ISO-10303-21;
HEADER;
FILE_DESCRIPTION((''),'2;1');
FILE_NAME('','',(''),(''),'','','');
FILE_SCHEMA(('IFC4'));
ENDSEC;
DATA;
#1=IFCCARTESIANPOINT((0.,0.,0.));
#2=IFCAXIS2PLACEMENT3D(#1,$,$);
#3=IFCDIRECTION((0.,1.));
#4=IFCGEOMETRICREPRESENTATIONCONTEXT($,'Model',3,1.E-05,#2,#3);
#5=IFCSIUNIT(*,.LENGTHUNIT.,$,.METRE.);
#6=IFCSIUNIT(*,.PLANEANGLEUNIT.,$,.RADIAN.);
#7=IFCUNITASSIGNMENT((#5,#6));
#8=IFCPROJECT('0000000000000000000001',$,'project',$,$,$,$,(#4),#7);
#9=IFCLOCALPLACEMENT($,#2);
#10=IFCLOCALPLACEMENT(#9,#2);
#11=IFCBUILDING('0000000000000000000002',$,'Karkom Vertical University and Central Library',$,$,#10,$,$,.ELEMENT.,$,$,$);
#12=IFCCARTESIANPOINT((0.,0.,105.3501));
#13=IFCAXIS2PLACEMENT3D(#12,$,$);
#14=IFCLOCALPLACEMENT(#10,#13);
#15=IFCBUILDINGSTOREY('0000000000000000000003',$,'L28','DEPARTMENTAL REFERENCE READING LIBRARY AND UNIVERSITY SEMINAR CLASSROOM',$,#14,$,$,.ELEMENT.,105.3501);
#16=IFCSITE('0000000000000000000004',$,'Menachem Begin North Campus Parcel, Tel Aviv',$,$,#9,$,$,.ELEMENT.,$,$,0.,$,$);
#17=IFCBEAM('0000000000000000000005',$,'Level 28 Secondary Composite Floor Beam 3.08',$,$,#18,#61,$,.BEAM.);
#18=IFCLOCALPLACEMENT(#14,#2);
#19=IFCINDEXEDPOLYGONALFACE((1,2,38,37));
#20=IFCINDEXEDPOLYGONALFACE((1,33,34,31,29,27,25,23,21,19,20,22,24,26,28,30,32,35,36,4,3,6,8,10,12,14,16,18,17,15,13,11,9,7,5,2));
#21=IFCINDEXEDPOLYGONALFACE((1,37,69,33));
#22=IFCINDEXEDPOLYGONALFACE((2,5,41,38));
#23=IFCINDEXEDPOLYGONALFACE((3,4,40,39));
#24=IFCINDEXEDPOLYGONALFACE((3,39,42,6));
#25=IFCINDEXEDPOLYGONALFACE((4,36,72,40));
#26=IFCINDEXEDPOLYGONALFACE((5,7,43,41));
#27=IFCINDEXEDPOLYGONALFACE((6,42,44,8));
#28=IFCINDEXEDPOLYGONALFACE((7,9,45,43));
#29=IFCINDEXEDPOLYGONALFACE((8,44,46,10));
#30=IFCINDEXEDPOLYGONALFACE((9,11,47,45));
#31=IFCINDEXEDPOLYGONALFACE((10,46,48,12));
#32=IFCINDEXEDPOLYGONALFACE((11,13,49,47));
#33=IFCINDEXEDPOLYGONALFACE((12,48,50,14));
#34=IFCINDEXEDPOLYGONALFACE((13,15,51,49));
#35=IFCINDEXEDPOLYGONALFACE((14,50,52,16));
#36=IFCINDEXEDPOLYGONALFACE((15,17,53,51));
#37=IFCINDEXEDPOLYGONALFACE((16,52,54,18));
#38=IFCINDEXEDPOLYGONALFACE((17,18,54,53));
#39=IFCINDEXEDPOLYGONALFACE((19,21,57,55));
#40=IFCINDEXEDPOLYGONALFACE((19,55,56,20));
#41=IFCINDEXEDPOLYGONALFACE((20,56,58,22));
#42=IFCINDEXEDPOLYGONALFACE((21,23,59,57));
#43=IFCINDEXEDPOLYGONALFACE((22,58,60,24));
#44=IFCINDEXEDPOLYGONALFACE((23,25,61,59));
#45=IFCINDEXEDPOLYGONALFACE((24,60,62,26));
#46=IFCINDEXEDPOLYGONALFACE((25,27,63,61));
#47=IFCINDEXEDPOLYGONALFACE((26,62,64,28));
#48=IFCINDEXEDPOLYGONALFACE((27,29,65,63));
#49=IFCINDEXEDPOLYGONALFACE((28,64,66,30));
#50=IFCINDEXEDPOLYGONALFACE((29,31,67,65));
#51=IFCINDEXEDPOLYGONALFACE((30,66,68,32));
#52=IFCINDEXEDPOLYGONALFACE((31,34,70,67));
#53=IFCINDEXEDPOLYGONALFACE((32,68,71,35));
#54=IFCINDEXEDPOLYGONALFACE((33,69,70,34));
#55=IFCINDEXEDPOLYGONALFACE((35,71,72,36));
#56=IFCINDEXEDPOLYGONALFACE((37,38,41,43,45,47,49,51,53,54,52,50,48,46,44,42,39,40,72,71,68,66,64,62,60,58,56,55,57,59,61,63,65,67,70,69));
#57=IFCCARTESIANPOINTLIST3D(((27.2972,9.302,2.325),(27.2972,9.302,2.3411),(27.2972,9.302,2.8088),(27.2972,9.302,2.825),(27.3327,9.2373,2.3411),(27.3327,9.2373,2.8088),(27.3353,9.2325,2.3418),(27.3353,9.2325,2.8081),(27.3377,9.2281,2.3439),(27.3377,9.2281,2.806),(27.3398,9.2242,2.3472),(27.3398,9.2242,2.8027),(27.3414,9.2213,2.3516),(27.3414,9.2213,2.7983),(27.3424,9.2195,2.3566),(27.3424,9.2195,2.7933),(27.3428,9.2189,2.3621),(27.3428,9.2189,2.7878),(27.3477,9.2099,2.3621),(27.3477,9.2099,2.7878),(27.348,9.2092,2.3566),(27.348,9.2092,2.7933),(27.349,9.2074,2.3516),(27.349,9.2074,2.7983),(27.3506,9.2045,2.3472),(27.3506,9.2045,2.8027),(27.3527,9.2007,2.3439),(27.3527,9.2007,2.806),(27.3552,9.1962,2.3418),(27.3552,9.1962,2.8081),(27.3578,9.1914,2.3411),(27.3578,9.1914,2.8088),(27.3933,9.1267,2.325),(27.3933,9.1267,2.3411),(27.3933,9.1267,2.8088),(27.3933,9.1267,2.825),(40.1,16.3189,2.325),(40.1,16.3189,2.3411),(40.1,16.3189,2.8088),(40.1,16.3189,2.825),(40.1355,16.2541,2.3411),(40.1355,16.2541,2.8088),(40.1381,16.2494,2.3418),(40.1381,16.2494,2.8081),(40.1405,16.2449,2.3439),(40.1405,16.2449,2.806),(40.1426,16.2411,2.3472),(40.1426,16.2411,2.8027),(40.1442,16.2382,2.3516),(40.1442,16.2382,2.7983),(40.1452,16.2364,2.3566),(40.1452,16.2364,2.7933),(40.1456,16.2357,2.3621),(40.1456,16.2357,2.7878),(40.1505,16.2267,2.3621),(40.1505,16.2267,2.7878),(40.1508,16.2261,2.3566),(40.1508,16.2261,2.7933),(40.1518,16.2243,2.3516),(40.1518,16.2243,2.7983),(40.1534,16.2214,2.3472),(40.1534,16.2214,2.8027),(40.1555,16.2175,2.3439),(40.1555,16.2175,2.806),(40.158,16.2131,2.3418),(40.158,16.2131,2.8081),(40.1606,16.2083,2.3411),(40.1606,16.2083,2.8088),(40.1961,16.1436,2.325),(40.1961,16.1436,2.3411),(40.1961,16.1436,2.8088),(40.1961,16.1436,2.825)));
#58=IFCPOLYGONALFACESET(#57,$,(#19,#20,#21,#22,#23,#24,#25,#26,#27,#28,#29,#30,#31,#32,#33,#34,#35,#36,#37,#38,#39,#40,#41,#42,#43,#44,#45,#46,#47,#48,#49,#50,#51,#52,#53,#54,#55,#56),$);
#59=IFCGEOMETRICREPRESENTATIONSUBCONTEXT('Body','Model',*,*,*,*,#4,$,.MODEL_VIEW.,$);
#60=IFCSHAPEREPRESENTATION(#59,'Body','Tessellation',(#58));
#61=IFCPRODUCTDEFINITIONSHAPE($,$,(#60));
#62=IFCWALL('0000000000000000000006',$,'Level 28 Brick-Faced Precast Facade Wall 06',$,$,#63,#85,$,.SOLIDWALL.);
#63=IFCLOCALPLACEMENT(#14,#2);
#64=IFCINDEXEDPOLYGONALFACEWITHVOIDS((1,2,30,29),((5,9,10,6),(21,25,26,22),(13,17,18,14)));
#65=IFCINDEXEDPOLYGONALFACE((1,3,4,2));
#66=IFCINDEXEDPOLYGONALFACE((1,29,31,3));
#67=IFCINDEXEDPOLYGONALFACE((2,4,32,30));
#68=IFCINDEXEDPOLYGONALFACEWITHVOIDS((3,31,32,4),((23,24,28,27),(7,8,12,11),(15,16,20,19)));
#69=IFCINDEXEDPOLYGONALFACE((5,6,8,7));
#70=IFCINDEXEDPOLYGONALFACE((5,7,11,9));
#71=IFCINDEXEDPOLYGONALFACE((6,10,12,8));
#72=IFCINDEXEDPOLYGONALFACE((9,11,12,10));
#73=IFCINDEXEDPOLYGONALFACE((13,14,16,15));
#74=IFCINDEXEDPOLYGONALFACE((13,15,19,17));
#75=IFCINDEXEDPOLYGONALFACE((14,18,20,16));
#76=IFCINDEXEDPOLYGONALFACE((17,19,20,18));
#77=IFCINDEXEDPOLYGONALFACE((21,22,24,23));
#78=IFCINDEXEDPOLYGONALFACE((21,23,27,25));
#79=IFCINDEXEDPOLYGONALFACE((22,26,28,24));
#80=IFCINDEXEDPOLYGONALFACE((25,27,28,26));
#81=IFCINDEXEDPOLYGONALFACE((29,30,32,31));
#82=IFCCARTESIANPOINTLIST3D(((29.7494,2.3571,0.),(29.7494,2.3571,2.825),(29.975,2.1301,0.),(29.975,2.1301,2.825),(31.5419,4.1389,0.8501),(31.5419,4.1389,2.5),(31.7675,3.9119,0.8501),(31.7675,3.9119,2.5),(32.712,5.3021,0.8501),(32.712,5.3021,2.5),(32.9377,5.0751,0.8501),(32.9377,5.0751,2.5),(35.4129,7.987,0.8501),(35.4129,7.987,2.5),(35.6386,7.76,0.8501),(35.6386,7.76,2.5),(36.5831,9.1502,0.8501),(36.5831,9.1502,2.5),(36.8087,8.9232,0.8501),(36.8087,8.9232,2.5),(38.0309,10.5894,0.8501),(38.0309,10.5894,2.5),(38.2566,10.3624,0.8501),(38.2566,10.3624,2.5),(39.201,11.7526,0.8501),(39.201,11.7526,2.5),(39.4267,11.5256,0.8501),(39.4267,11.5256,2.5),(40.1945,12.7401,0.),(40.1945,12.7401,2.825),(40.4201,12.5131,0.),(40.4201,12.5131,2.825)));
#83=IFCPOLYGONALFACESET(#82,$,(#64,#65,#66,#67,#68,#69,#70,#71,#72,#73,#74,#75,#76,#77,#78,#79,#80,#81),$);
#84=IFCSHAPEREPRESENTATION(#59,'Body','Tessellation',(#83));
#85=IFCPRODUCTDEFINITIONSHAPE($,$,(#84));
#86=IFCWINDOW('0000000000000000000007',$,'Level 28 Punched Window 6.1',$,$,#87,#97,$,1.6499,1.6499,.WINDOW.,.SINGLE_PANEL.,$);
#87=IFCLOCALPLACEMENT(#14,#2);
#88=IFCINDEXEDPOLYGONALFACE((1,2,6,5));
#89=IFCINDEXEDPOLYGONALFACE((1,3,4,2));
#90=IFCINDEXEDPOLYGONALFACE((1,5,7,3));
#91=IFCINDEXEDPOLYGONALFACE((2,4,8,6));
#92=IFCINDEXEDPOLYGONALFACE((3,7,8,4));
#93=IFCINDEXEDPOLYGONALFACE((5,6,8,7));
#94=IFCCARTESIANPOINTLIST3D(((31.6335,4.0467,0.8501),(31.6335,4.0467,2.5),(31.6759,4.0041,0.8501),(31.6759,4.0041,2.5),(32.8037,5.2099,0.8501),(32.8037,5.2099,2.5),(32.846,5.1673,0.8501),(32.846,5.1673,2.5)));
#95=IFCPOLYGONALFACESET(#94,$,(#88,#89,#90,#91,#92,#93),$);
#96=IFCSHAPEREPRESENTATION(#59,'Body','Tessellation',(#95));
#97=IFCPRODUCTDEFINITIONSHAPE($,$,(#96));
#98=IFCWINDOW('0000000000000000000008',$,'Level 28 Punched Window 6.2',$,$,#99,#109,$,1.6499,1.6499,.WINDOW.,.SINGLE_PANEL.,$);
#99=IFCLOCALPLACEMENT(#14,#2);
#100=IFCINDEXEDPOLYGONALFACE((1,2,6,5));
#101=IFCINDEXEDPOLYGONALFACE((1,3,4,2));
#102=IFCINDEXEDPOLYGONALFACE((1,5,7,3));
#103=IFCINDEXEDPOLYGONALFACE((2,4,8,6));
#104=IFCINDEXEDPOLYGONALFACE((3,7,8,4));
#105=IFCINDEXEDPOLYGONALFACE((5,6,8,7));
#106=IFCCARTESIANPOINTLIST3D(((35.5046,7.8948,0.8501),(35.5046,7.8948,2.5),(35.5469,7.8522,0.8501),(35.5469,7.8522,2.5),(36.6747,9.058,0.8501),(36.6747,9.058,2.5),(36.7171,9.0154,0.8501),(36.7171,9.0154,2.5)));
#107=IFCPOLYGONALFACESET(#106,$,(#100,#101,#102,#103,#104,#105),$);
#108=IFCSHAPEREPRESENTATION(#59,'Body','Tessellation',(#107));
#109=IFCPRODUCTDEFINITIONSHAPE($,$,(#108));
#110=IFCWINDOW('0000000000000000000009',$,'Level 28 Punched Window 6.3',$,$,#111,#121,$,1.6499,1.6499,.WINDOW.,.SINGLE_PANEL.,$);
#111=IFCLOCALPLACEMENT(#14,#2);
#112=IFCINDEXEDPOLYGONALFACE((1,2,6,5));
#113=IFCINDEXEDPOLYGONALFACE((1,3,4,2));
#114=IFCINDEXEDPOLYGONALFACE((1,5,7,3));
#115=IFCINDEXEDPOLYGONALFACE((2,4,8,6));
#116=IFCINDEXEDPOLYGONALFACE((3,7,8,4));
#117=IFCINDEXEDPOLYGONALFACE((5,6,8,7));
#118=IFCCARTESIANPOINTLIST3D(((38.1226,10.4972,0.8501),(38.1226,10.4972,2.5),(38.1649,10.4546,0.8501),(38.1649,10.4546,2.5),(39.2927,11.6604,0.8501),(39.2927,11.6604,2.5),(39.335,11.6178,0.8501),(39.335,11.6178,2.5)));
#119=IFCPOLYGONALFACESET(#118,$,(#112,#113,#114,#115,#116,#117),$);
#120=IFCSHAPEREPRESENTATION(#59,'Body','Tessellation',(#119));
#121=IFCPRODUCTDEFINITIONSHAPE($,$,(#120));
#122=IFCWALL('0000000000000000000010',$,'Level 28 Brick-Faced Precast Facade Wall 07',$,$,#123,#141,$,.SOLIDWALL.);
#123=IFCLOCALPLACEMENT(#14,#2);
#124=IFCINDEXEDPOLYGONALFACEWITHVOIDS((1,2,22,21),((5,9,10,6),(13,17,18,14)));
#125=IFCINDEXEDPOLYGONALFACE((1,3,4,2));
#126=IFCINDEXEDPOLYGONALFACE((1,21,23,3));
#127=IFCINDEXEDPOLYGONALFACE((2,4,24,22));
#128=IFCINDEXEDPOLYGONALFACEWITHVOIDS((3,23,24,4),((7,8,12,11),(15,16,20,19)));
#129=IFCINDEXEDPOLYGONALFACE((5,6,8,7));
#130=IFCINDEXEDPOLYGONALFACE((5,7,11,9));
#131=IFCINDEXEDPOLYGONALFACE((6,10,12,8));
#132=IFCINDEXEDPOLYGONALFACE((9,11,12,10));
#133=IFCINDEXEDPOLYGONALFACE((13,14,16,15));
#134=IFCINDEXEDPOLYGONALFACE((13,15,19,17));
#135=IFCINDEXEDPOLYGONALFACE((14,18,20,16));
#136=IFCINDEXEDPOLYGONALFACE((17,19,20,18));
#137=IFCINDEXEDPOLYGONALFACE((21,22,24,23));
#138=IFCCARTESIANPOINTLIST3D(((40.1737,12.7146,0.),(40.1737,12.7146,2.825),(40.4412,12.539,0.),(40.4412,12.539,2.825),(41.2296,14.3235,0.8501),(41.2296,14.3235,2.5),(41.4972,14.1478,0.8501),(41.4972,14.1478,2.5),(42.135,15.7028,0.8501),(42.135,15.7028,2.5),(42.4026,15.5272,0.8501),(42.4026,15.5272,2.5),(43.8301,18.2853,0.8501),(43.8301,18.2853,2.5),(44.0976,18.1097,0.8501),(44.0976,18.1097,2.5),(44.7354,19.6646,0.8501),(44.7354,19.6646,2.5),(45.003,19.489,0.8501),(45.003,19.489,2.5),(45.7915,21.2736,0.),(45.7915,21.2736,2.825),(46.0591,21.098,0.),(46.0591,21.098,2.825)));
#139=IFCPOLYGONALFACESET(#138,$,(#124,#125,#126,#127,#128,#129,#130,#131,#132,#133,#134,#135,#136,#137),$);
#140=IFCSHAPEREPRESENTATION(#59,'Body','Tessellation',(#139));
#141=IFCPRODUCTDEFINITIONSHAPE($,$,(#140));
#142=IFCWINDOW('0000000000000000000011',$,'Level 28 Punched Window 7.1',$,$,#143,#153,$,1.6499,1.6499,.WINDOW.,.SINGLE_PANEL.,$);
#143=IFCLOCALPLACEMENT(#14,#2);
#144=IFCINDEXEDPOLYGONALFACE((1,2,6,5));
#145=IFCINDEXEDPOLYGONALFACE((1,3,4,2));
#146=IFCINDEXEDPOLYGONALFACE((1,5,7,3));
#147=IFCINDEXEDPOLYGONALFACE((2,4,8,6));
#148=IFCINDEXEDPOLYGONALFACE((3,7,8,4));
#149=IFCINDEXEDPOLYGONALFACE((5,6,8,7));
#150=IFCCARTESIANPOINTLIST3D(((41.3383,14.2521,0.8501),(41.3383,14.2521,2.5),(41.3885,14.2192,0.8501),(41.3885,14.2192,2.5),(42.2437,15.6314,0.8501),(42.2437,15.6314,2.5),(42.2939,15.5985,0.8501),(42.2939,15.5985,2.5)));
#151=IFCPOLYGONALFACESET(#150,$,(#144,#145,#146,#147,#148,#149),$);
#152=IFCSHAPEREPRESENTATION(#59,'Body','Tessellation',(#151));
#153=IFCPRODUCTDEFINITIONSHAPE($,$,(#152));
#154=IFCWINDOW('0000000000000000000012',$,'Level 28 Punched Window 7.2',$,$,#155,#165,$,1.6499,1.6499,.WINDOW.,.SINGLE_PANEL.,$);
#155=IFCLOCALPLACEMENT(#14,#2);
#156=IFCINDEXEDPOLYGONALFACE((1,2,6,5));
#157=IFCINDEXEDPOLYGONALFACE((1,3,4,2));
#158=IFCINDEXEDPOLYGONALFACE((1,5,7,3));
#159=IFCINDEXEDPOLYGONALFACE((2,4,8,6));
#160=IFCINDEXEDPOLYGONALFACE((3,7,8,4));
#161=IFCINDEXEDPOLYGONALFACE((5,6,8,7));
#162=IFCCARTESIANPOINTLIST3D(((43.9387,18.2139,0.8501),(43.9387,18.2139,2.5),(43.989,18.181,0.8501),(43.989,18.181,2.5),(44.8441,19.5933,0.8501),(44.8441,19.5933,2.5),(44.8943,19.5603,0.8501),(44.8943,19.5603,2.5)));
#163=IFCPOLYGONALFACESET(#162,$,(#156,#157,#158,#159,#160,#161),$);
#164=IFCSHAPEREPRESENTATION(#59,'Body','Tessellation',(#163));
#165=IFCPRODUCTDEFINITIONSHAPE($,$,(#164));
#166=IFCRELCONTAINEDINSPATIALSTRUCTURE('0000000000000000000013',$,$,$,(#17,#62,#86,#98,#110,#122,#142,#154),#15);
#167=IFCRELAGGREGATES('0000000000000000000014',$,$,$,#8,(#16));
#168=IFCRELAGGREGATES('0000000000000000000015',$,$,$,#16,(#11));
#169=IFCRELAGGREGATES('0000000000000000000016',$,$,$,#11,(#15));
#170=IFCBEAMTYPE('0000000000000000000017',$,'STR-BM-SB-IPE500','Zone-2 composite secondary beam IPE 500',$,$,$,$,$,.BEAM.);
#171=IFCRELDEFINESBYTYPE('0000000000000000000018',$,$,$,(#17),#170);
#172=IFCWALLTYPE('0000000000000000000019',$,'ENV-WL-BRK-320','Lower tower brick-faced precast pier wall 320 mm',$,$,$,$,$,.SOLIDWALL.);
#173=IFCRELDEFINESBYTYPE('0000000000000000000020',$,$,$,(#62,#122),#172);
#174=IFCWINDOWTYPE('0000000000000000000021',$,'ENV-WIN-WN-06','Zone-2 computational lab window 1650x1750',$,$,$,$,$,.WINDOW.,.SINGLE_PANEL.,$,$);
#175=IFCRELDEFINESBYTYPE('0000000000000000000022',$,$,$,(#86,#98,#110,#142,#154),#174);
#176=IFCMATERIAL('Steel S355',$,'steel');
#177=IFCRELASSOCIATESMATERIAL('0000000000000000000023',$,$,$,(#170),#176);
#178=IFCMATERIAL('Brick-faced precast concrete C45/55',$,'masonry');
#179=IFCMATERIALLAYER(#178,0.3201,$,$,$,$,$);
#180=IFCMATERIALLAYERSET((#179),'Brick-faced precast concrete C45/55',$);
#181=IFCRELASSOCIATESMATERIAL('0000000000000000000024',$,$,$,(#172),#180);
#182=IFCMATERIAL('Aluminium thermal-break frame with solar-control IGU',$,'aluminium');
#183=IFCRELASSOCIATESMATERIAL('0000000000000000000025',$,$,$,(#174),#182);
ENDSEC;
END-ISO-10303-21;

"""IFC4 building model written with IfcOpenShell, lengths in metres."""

from ifc_helpers import new_model, si_unit, direction, frame, frame_2d, origin, origin_with_axes, origin_2d, place, context, subcontext, project, spatial, rectangle, i_section, extrude, source, transform, mapped, material, layer, layer_set, material_profile, profile_set, type_object, element, fill, save


model = new_model("IFC4")

# Units and contexts
model_context = context("Model", 3, precision=1e-05, world=origin(), true_north=direction((0.0, 1.0)))
body_context = subcontext(model_context, "Body", "Model", "MODEL_VIEW")
ifc_project = project(units=[si_unit("LENGTHUNIT", "METRE"), si_unit("PLANEANGLEUNIT", "RADIAN")], contexts=[model_context])

# Site, building, storey
site_placement = place(None, origin())
site = spatial("IfcSite", under=ifc_project, at=site_placement, Name="Menachem Begin North Campus Parcel, Tel Aviv", CompositionType="ELEMENT", RefElevation=0.0)
building_placement = place(site_placement, origin())
building = spatial("IfcBuilding", under=site, at=building_placement, Name="Karkom Vertical University and Central Library", CompositionType="ELEMENT")
storey_placement = place(building_placement, frame((0.0, 0.0, 105.3501)))
storey = spatial("IfcBuildingStorey", under=building, at=storey_placement, Name="L28", Description="DEPARTMENTAL REFERENCE READING LIBRARY AND UNIVERSITY SEMINAR CLASSROOM", CompositionType="ELEMENT", Elevation=105.3501)

# Beam
ifc_material_1 = material(Name="Steel S355", Category="steel")
ifc_material_profile_1 = material_profile(ifc_material_1, i_section(OverallWidth=0.2, OverallDepth=0.5, WebThickness=0.0103, FlangeThickness=0.0161, FilletRadius=0.021, at=origin_2d()), Name="IPE 500")
ifc_profile_set_1 = profile_set([ifc_material_profile_1], Name="Steel S355")
beam_type_1 = type_object("IfcBeamType", Name="STR-BM-SB-IPE500", Description="Zone-2 composite secondary beam IPE 500", PredefinedType="BEAM", material=ifc_profile_set_1)
shared_shape_1 = source(origin_with_axes(), body_context, "Body", "SweptSolid", [
    extrude(i_section(OverallWidth=0.2, OverallDepth=0.5, WebThickness=0.0103, FlangeThickness=0.0161, FilletRadius=0.021, at=origin_2d()), origin(), (0.0, 0.0, 1.0), 14.5996),
])
beam_1_placement = place(storey_placement, frame((27.3452, 9.2144, 2.575), z_axis=(0.876928, 0.480622, 0.0), x_axis=(-0.480622, 0.876928, 0.0)))
element("IfcBeam", 1, at=beam_1_placement, inside=storey, type_object=beam_type_1, Name="Level 28 Secondary Composite Floor Beam 3.08", PredefinedType="BEAM", context=body_context, shape_type="MappedRepresentation", body=[
    mapped(shared_shape_1, transform((0.0, 0.0, 0.0), scale=1.0)),
])

# Walls, openings, windows
ifc_material_2 = material(Name="Brick-faced precast concrete C45/55", Category="masonry")
ifc_layer_1 = layer(ifc_material_2, 0.3201)
ifc_layer_set_1 = layer_set([ifc_layer_1], Name="Brick-faced precast concrete C45/55")
wall_type_1 = type_object("IfcWallType", Name="ENV-WL-BRK-320", Description="Lower tower brick-faced precast pier wall 320 mm", PredefinedType="SOLIDWALL", material=ifc_layer_set_1)
wall_1_placement = place(storey_placement, frame((29.8623, 2.2437, 0.0), z_axis=(0.0, 0.0, 1.0), x_axis=(0.709209, 0.704998, 0.0)))
wall_1 = element("IfcWall", 2, at=wall_1_placement, inside=storey, type_object=wall_type_1, Name="Level 28 Brick-Faced Precast Facade Wall 06", PredefinedType="SOLIDWALL", context=body_context, shape_type="SweptSolid", body=[
    extrude(rectangle(XDim=14.7278, YDim=0.3201, at=frame_2d((7.3638, 0.0))), origin(), (0.0, 0.0, 1.0), 2.825),
])
opening_1_placement = place(wall_1_placement, frame((2.5273, 0.0, 0.8501)))
opening_1 = element("IfcOpeningElement", 3, at=opening_1_placement, cuts=wall_1, PredefinedType="OPENING", context=body_context, shape_type="SweptSolid", body=[
    extrude(rectangle(XDim=1.6499, YDim=1.6499, at=frame_2d((0.825, 0.825))), frame((0.0, 0.1699, 0.0), z_axis=(0.0, -1.0, 0.0), x_axis=(1.0, 0.0, 0.0)), (0.0, 0.0, 1.0), 0.3401),
])
opening_2_placement = place(wall_1_placement, frame((7.9856, 0.0, 0.8501)))
opening_2 = element("IfcOpeningElement", 4, at=opening_2_placement, cuts=wall_1, PredefinedType="OPENING", context=body_context, shape_type="SweptSolid", body=[
    extrude(rectangle(XDim=1.6499, YDim=1.6499, at=frame_2d((0.825, 0.825))), frame((0.0, 0.1699, 0.0), z_axis=(0.0, -1.0, 0.0), x_axis=(1.0, 0.0, 0.0)), (0.0, 0.0, 1.0), 0.3401),
])
opening_3_placement = place(wall_1_placement, frame((11.677, 0.0, 0.8501)))
opening_3 = element("IfcOpeningElement", 5, at=opening_3_placement, cuts=wall_1, PredefinedType="OPENING", context=body_context, shape_type="SweptSolid", body=[
    extrude(rectangle(XDim=1.6499, YDim=1.6499, at=frame_2d((0.825, 0.825))), frame((0.0, 0.1699, 0.0), z_axis=(0.0, -1.0, 0.0), x_axis=(1.0, 0.0, 0.0)), (0.0, 0.0, 1.0), 0.3401),
])
ifc_material_3 = material(Name="Aluminium thermal-break frame with solar-control IGU", Category="aluminium")
window_type = type_object("IfcWindowType", Name="ENV-WIN-WN-06", Description="Zone-2 computational lab window 1650x1750", PartitioningType="SINGLE_PANEL", PredefinedType="WINDOW", material=ifc_material_3)
shared_shape_2 = source(origin_with_axes(), body_context, "Body", "SweptSolid", [
    extrude(rectangle(XDim=1.6499, YDim=1.6499, at=frame_2d((0.825, 0.825))), frame((0.0, 0.03, 0.0), z_axis=(0.0, -1.0, 0.0), x_axis=(1.0, 0.0, 0.0)), (0.0, 0.0, 1.0), 0.0601),
])
window_1_placement = place(opening_1_placement, origin())
window_1 = element("IfcWindow", 6, at=window_1_placement, inside=storey, type_object=window_type, Name="Level 28 Punched Window 6.1", OverallHeight=1.6499, OverallWidth=1.6499, PartitioningType="SINGLE_PANEL", PredefinedType="WINDOW", context=body_context, shape_type="MappedRepresentation", body=[
    mapped(shared_shape_2, transform((0.0, 0.0, 0.0), scale=1.0)),
])
fill(opening_1, window_1)
window_2_placement = place(opening_2_placement, origin())
window_2 = element("IfcWindow", 7, at=window_2_placement, inside=storey, type_object=window_type, Name="Level 28 Punched Window 6.2", OverallHeight=1.6499, OverallWidth=1.6499, PartitioningType="SINGLE_PANEL", PredefinedType="WINDOW", context=body_context, shape_type="MappedRepresentation", body=[
    mapped(shared_shape_2, transform((0.0, 0.0, 0.0), scale=1.0)),
])
fill(opening_2, window_2)
window_3_placement = place(opening_3_placement, origin())
window_3 = element("IfcWindow", 8, at=window_3_placement, inside=storey, type_object=window_type, Name="Level 28 Punched Window 6.3", OverallHeight=1.6499, OverallWidth=1.6499, PartitioningType="SINGLE_PANEL", PredefinedType="WINDOW", context=body_context, shape_type="MappedRepresentation", body=[
    mapped(shared_shape_2, transform((0.0, 0.0, 0.0), scale=1.0)),
])
fill(opening_3, window_3)
wall_2_placement = place(storey_placement, frame((40.3074, 12.6267, 0.0), z_axis=(0.0, 0.0, 1.0), x_axis=(0.548726, 0.836002, 0.0)))
wall_2 = element("IfcWall", 9, at=wall_2_placement, inside=storey, type_object=wall_type_1, Name="Level 28 Brick-Faced Precast Facade Wall 07", PredefinedType="SOLIDWALL", context=body_context, shape_type="SweptSolid", body=[
    extrude(rectangle(XDim=10.238, YDim=0.3201, at=frame_2d((5.1191, 0.0))), origin(), (0.0, 0.0, 1.0), 2.825),
])
opening_4_placement = place(wall_2_placement, frame((1.9246, 0.0, 0.8501)))
opening_4 = element("IfcOpeningElement", 10, at=opening_4_placement, cuts=wall_2, PredefinedType="OPENING", context=body_context, shape_type="SweptSolid", body=[
    extrude(rectangle(XDim=1.6499, YDim=1.6499, at=frame_2d((0.825, 0.825))), frame((0.0, 0.1699, 0.0), z_axis=(0.0, -1.0, 0.0), x_axis=(1.0, 0.0, 0.0)), (0.0, 0.0, 1.0), 0.3401),
])
opening_5_placement = place(wall_2_placement, frame((6.6636, 0.0, 0.8501)))
opening_5 = element("IfcOpeningElement", 11, at=opening_5_placement, cuts=wall_2, PredefinedType="OPENING", context=body_context, shape_type="SweptSolid", body=[
    extrude(rectangle(XDim=1.6499, YDim=1.6499, at=frame_2d((0.825, 0.825))), frame((0.0, 0.1699, 0.0), z_axis=(0.0, -1.0, 0.0), x_axis=(1.0, 0.0, 0.0)), (0.0, 0.0, 1.0), 0.3401),
])
window_4_placement = place(opening_4_placement, origin())
window_4 = element("IfcWindow", 12, at=window_4_placement, inside=storey, type_object=window_type, Name="Level 28 Punched Window 7.1", OverallHeight=1.6499, OverallWidth=1.6499, PartitioningType="SINGLE_PANEL", PredefinedType="WINDOW", context=body_context, shape_type="MappedRepresentation", body=[
    mapped(shared_shape_2, transform((0.0, 0.0, 0.0), scale=1.0)),
])
fill(opening_4, window_4)
window_5_placement = place(opening_5_placement, origin())
window_5 = element("IfcWindow", 13, at=window_5_placement, inside=storey, type_object=window_type, Name="Level 28 Punched Window 7.2", OverallHeight=1.6499, OverallWidth=1.6499, PartitioningType="SINGLE_PANEL", PredefinedType="WINDOW", context=body_context, shape_type="MappedRepresentation", body=[
    mapped(shared_shape_2, transform((0.0, 0.0, 0.0), scale=1.0)),
])
fill(opening_5, window_5)

save(model, "model.ifc")
